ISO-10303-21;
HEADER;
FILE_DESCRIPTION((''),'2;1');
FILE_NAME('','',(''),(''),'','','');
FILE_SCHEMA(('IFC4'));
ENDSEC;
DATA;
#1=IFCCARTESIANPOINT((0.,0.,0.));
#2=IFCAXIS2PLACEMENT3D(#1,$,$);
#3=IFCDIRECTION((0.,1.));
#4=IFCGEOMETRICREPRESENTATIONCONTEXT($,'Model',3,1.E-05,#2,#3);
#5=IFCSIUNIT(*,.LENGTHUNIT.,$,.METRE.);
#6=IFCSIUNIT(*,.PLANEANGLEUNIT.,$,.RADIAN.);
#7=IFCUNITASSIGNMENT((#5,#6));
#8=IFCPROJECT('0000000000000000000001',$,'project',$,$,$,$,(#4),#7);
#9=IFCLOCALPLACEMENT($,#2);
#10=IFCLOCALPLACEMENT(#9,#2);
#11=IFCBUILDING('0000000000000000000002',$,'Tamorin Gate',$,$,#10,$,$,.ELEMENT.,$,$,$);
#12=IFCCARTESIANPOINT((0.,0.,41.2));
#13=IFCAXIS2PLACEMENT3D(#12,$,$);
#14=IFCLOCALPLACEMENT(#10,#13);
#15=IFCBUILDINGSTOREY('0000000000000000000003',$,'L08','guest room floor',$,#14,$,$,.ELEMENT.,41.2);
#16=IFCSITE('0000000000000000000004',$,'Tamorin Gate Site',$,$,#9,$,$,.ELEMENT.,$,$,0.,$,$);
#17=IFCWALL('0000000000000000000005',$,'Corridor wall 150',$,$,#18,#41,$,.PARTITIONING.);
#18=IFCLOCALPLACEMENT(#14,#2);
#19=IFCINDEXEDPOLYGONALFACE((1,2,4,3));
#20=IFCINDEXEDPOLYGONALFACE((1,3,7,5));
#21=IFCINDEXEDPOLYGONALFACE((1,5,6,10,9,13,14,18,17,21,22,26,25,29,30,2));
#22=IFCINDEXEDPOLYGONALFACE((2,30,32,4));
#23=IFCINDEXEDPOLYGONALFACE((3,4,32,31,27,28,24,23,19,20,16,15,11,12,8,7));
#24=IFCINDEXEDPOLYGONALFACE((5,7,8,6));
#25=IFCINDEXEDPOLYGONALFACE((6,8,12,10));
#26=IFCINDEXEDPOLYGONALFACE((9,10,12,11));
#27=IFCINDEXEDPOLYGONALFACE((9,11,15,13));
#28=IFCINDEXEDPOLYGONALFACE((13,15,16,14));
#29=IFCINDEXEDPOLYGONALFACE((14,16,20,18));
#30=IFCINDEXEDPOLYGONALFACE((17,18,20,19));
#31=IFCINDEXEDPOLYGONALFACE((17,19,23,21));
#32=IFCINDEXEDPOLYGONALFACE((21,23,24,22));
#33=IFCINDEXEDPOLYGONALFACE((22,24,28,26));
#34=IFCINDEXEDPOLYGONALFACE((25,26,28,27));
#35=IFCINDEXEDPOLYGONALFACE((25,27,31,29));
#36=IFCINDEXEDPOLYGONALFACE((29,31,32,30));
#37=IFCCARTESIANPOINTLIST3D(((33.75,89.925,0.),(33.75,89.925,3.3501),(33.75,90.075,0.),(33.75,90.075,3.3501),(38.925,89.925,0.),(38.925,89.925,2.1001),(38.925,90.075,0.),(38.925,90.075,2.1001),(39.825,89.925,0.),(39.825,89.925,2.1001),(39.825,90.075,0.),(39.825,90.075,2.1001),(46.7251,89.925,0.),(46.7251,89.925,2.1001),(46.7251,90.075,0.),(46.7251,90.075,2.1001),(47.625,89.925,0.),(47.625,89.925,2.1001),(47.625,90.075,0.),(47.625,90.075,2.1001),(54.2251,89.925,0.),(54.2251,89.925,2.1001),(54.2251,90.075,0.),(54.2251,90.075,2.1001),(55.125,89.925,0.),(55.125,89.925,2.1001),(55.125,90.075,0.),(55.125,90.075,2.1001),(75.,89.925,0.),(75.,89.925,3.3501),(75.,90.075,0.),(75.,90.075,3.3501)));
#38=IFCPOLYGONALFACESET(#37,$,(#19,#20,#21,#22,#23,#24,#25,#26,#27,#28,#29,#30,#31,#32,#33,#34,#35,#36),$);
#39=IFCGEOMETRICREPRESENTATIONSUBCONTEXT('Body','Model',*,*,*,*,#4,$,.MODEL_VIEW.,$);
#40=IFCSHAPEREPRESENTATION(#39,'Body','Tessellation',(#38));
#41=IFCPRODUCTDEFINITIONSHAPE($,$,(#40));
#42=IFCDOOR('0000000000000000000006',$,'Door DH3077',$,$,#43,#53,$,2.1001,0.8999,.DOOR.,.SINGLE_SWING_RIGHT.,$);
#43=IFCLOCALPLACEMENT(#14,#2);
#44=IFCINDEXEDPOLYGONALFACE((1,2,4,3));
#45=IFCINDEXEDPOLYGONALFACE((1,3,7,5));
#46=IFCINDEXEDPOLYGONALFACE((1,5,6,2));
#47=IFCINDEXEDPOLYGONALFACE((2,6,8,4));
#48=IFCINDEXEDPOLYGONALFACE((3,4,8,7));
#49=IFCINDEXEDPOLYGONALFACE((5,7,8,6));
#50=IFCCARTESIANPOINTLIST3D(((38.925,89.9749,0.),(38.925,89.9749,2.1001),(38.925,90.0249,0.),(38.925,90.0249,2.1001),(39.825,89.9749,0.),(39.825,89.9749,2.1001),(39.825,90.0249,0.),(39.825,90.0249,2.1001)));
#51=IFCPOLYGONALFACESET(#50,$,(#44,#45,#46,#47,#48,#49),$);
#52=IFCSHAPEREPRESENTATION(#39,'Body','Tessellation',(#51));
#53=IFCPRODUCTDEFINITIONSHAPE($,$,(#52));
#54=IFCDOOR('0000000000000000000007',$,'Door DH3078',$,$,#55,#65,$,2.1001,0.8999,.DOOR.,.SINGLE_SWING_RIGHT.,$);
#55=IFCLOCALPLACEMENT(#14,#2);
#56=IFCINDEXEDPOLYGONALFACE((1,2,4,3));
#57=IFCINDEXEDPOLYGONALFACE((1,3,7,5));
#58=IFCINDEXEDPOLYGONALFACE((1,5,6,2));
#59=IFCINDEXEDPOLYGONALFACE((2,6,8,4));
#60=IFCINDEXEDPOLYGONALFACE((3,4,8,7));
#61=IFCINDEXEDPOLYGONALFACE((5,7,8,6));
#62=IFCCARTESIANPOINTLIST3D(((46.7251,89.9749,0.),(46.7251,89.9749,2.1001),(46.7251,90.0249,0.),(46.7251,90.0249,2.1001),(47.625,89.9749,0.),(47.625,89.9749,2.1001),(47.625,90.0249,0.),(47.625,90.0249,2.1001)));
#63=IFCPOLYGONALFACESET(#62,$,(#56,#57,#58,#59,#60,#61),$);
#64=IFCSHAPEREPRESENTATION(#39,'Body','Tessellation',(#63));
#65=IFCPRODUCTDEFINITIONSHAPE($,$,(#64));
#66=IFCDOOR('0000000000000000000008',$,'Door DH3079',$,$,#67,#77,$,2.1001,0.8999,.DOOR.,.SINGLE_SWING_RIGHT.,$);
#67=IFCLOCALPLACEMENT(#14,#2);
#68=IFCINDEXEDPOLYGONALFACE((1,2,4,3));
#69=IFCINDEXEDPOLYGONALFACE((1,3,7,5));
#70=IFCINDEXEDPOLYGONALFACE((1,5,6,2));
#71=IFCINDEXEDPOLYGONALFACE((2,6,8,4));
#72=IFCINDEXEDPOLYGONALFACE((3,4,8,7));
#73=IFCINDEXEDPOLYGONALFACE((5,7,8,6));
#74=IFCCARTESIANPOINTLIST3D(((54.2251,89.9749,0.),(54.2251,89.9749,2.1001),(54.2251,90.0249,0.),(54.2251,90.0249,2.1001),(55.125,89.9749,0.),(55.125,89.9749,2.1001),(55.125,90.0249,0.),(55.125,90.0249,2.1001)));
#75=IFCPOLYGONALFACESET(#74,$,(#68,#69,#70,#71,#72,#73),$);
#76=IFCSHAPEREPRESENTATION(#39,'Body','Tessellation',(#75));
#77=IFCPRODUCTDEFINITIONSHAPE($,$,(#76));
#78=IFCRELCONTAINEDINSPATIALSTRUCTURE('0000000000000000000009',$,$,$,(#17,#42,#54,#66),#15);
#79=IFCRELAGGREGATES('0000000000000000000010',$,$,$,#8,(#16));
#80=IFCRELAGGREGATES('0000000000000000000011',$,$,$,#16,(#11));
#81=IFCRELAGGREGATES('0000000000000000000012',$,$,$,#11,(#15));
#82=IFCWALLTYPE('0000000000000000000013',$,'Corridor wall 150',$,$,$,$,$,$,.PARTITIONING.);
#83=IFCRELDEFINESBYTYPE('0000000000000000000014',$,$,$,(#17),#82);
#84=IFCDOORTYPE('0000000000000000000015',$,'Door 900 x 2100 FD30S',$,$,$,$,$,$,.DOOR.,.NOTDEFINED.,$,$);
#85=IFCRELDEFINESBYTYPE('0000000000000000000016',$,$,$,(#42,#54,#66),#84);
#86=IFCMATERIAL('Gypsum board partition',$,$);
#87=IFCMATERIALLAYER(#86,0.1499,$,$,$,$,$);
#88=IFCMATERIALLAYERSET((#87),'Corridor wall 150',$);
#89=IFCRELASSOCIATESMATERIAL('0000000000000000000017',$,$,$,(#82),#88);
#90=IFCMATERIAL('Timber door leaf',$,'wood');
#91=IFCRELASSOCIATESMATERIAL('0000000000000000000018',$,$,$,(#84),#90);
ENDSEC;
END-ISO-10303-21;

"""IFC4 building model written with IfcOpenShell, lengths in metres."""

from ifc_helpers import new_model, si_unit, direction, frame, frame_2d, origin, place, context, subcontext, project, spatial, rectangle, extrude, material, layer, layer_set, type_object, element, fill, save


model = new_model("IFC4")

# Units and contexts
model_context = context("Model", 3, precision=1e-05, world=origin(), true_north=direction((0.0, 1.0)))
body_context = subcontext(model_context, "Body", "Model", "MODEL_VIEW")
ifc_project = project(units=[si_unit("LENGTHUNIT", "METRE"), si_unit("PLANEANGLEUNIT", "RADIAN")], contexts=[model_context])

# Site, building, storey
site_placement = place(None, origin())
site = spatial("IfcSite", under=ifc_project, at=site_placement, Name="Tamorin Gate Site", CompositionType="ELEMENT", RefElevation=0.0)
building_placement = place(site_placement, origin())
building = spatial("IfcBuilding", under=site, at=building_placement, Name="Tamorin Gate", CompositionType="ELEMENT")
storey_placement = place(building_placement, frame((0.0, 0.0, 41.2)))
storey = spatial("IfcBuildingStorey", under=building, at=storey_placement, Name="L08", Description="guest room floor", CompositionType="ELEMENT", Elevation=41.2)

# Wall, openings, doors
ifc_material_1 = material(Name="Gypsum board partition")
ifc_layer_1 = layer(ifc_material_1, 0.1499)
ifc_layer_set_1 = layer_set([ifc_layer_1], Name="Corridor wall 150")
wall_type_1 = type_object("IfcWallType", Name="Corridor wall 150", PredefinedType="PARTITIONING", material=ifc_layer_set_1)
wall_1_placement = place(storey_placement, frame((33.75, 90.0, 0.0), z_axis=(0.0, 0.0, 1.0), x_axis=(1.0, 0.0, 0.0)))
wall_1 = element("IfcWall", 1, at=wall_1_placement, inside=storey, type_object=wall_type_1, Name="Corridor wall 150", PredefinedType="PARTITIONING", context=body_context, shape_type="SweptSolid", body=[
    extrude(rectangle(XDim=41.25, YDim=0.1499, at=frame_2d((20.625, 0.0))), origin(), (0.0, 0.0, 1.0), 3.3501),
])
opening_1_placement = place(wall_1_placement, frame((5.175, 0.0, 0.0)))
opening_1 = element("IfcOpeningElement", 2, at=opening_1_placement, cuts=wall_1, PredefinedType="OPENING", context=body_context, shape_type="SweptSolid", body=[
    extrude(rectangle(XDim=0.8999, YDim=2.1001, at=frame_2d((0.45, 1.05))), frame((0.0, 0.085, 0.0), z_axis=(0.0, -1.0, 0.0), x_axis=(1.0, 0.0, 0.0)), (0.0, 0.0, 1.0), 0.1699),
])
opening_2_placement = place(wall_1_placement, frame((12.9751, 0.0, 0.0)))
opening_2 = element("IfcOpeningElement", 3, at=opening_2_placement, cuts=wall_1, PredefinedType="OPENING", context=body_context, shape_type="SweptSolid", body=[
    extrude(rectangle(XDim=0.8999, YDim=2.1001, at=frame_2d((0.45, 1.05))), frame((0.0, 0.085, 0.0), z_axis=(0.0, -1.0, 0.0), x_axis=(1.0, 0.0, 0.0)), (0.0, 0.0, 1.0), 0.1699),
])
opening_3_placement = place(wall_1_placement, frame((20.4751, 0.0, 0.0)))
opening_3 = element("IfcOpeningElement", 4, at=opening_3_placement, cuts=wall_1, PredefinedType="OPENING", context=body_context, shape_type="SweptSolid", body=[
    extrude(rectangle(XDim=0.8999, YDim=2.1001, at=frame_2d((0.45, 1.05))), frame((0.0, 0.085, 0.0), z_axis=(0.0, -1.0, 0.0), x_axis=(1.0, 0.0, 0.0)), (0.0, 0.0, 1.0), 0.1699),
])
ifc_material_2 = material(Name="Timber door leaf", Category="wood")
door_type_1 = type_object("IfcDoorType", Name="Door 900 x 2100 FD30S", OperationType="NOTDEFINED", PredefinedType="DOOR", material=ifc_material_2)
door_1_placement = place(opening_1_placement, origin())
door_1 = element("IfcDoor", 5, at=door_1_placement, inside=storey, type_object=door_type_1, Name="Door DH3077", OperationType="SINGLE_SWING_RIGHT", OverallHeight=2.1001, OverallWidth=0.8999, PredefinedType="DOOR", context=body_context, shape_type="SweptSolid", body=[
    extrude(rectangle(XDim=0.8999, YDim=2.1001, at=frame_2d((0.45, 1.05))), frame((0.0, 0.0249, 0.0), z_axis=(0.0, -1.0, 0.0), x_axis=(1.0, 0.0, 0.0)), (0.0, 0.0, 1.0), 0.05),
])
fill(opening_1, door_1)
door_2_placement = place(opening_2_placement, origin())
door_2 = element("IfcDoor", 6, at=door_2_placement, inside=storey, type_object=door_type_1, Name="Door DH3078", OperationType="SINGLE_SWING_RIGHT", OverallHeight=2.1001, OverallWidth=0.8999, PredefinedType="DOOR", context=body_context, shape_type="SweptSolid", body=[
    extrude(rectangle(XDim=0.8999, YDim=2.1001, at=frame_2d((0.45, 1.05))), frame((0.0, 0.0249, 0.0), z_axis=(0.0, -1.0, 0.0), x_axis=(1.0, 0.0, 0.0)), (0.0, 0.0, 1.0), 0.05),
])
fill(opening_2, door_2)
door_3_placement = place(opening_3_placement, origin())
door_3 = element("IfcDoor", 7, at=door_3_placement, inside=storey, type_object=door_type_1, Name="Door DH3079", OperationType="SINGLE_SWING_RIGHT", OverallHeight=2.1001, OverallWidth=0.8999, PredefinedType="DOOR", context=body_context, shape_type="SweptSolid", body=[
    extrude(rectangle(XDim=0.8999, YDim=2.1001, at=frame_2d((0.45, 1.05))), frame((0.0, 0.0249, 0.0), z_axis=(0.0, -1.0, 0.0), x_axis=(1.0, 0.0, 0.0)), (0.0, 0.0, 1.0), 0.05),
])
fill(opening_3, door_3)

save(model, "model.ifc")
